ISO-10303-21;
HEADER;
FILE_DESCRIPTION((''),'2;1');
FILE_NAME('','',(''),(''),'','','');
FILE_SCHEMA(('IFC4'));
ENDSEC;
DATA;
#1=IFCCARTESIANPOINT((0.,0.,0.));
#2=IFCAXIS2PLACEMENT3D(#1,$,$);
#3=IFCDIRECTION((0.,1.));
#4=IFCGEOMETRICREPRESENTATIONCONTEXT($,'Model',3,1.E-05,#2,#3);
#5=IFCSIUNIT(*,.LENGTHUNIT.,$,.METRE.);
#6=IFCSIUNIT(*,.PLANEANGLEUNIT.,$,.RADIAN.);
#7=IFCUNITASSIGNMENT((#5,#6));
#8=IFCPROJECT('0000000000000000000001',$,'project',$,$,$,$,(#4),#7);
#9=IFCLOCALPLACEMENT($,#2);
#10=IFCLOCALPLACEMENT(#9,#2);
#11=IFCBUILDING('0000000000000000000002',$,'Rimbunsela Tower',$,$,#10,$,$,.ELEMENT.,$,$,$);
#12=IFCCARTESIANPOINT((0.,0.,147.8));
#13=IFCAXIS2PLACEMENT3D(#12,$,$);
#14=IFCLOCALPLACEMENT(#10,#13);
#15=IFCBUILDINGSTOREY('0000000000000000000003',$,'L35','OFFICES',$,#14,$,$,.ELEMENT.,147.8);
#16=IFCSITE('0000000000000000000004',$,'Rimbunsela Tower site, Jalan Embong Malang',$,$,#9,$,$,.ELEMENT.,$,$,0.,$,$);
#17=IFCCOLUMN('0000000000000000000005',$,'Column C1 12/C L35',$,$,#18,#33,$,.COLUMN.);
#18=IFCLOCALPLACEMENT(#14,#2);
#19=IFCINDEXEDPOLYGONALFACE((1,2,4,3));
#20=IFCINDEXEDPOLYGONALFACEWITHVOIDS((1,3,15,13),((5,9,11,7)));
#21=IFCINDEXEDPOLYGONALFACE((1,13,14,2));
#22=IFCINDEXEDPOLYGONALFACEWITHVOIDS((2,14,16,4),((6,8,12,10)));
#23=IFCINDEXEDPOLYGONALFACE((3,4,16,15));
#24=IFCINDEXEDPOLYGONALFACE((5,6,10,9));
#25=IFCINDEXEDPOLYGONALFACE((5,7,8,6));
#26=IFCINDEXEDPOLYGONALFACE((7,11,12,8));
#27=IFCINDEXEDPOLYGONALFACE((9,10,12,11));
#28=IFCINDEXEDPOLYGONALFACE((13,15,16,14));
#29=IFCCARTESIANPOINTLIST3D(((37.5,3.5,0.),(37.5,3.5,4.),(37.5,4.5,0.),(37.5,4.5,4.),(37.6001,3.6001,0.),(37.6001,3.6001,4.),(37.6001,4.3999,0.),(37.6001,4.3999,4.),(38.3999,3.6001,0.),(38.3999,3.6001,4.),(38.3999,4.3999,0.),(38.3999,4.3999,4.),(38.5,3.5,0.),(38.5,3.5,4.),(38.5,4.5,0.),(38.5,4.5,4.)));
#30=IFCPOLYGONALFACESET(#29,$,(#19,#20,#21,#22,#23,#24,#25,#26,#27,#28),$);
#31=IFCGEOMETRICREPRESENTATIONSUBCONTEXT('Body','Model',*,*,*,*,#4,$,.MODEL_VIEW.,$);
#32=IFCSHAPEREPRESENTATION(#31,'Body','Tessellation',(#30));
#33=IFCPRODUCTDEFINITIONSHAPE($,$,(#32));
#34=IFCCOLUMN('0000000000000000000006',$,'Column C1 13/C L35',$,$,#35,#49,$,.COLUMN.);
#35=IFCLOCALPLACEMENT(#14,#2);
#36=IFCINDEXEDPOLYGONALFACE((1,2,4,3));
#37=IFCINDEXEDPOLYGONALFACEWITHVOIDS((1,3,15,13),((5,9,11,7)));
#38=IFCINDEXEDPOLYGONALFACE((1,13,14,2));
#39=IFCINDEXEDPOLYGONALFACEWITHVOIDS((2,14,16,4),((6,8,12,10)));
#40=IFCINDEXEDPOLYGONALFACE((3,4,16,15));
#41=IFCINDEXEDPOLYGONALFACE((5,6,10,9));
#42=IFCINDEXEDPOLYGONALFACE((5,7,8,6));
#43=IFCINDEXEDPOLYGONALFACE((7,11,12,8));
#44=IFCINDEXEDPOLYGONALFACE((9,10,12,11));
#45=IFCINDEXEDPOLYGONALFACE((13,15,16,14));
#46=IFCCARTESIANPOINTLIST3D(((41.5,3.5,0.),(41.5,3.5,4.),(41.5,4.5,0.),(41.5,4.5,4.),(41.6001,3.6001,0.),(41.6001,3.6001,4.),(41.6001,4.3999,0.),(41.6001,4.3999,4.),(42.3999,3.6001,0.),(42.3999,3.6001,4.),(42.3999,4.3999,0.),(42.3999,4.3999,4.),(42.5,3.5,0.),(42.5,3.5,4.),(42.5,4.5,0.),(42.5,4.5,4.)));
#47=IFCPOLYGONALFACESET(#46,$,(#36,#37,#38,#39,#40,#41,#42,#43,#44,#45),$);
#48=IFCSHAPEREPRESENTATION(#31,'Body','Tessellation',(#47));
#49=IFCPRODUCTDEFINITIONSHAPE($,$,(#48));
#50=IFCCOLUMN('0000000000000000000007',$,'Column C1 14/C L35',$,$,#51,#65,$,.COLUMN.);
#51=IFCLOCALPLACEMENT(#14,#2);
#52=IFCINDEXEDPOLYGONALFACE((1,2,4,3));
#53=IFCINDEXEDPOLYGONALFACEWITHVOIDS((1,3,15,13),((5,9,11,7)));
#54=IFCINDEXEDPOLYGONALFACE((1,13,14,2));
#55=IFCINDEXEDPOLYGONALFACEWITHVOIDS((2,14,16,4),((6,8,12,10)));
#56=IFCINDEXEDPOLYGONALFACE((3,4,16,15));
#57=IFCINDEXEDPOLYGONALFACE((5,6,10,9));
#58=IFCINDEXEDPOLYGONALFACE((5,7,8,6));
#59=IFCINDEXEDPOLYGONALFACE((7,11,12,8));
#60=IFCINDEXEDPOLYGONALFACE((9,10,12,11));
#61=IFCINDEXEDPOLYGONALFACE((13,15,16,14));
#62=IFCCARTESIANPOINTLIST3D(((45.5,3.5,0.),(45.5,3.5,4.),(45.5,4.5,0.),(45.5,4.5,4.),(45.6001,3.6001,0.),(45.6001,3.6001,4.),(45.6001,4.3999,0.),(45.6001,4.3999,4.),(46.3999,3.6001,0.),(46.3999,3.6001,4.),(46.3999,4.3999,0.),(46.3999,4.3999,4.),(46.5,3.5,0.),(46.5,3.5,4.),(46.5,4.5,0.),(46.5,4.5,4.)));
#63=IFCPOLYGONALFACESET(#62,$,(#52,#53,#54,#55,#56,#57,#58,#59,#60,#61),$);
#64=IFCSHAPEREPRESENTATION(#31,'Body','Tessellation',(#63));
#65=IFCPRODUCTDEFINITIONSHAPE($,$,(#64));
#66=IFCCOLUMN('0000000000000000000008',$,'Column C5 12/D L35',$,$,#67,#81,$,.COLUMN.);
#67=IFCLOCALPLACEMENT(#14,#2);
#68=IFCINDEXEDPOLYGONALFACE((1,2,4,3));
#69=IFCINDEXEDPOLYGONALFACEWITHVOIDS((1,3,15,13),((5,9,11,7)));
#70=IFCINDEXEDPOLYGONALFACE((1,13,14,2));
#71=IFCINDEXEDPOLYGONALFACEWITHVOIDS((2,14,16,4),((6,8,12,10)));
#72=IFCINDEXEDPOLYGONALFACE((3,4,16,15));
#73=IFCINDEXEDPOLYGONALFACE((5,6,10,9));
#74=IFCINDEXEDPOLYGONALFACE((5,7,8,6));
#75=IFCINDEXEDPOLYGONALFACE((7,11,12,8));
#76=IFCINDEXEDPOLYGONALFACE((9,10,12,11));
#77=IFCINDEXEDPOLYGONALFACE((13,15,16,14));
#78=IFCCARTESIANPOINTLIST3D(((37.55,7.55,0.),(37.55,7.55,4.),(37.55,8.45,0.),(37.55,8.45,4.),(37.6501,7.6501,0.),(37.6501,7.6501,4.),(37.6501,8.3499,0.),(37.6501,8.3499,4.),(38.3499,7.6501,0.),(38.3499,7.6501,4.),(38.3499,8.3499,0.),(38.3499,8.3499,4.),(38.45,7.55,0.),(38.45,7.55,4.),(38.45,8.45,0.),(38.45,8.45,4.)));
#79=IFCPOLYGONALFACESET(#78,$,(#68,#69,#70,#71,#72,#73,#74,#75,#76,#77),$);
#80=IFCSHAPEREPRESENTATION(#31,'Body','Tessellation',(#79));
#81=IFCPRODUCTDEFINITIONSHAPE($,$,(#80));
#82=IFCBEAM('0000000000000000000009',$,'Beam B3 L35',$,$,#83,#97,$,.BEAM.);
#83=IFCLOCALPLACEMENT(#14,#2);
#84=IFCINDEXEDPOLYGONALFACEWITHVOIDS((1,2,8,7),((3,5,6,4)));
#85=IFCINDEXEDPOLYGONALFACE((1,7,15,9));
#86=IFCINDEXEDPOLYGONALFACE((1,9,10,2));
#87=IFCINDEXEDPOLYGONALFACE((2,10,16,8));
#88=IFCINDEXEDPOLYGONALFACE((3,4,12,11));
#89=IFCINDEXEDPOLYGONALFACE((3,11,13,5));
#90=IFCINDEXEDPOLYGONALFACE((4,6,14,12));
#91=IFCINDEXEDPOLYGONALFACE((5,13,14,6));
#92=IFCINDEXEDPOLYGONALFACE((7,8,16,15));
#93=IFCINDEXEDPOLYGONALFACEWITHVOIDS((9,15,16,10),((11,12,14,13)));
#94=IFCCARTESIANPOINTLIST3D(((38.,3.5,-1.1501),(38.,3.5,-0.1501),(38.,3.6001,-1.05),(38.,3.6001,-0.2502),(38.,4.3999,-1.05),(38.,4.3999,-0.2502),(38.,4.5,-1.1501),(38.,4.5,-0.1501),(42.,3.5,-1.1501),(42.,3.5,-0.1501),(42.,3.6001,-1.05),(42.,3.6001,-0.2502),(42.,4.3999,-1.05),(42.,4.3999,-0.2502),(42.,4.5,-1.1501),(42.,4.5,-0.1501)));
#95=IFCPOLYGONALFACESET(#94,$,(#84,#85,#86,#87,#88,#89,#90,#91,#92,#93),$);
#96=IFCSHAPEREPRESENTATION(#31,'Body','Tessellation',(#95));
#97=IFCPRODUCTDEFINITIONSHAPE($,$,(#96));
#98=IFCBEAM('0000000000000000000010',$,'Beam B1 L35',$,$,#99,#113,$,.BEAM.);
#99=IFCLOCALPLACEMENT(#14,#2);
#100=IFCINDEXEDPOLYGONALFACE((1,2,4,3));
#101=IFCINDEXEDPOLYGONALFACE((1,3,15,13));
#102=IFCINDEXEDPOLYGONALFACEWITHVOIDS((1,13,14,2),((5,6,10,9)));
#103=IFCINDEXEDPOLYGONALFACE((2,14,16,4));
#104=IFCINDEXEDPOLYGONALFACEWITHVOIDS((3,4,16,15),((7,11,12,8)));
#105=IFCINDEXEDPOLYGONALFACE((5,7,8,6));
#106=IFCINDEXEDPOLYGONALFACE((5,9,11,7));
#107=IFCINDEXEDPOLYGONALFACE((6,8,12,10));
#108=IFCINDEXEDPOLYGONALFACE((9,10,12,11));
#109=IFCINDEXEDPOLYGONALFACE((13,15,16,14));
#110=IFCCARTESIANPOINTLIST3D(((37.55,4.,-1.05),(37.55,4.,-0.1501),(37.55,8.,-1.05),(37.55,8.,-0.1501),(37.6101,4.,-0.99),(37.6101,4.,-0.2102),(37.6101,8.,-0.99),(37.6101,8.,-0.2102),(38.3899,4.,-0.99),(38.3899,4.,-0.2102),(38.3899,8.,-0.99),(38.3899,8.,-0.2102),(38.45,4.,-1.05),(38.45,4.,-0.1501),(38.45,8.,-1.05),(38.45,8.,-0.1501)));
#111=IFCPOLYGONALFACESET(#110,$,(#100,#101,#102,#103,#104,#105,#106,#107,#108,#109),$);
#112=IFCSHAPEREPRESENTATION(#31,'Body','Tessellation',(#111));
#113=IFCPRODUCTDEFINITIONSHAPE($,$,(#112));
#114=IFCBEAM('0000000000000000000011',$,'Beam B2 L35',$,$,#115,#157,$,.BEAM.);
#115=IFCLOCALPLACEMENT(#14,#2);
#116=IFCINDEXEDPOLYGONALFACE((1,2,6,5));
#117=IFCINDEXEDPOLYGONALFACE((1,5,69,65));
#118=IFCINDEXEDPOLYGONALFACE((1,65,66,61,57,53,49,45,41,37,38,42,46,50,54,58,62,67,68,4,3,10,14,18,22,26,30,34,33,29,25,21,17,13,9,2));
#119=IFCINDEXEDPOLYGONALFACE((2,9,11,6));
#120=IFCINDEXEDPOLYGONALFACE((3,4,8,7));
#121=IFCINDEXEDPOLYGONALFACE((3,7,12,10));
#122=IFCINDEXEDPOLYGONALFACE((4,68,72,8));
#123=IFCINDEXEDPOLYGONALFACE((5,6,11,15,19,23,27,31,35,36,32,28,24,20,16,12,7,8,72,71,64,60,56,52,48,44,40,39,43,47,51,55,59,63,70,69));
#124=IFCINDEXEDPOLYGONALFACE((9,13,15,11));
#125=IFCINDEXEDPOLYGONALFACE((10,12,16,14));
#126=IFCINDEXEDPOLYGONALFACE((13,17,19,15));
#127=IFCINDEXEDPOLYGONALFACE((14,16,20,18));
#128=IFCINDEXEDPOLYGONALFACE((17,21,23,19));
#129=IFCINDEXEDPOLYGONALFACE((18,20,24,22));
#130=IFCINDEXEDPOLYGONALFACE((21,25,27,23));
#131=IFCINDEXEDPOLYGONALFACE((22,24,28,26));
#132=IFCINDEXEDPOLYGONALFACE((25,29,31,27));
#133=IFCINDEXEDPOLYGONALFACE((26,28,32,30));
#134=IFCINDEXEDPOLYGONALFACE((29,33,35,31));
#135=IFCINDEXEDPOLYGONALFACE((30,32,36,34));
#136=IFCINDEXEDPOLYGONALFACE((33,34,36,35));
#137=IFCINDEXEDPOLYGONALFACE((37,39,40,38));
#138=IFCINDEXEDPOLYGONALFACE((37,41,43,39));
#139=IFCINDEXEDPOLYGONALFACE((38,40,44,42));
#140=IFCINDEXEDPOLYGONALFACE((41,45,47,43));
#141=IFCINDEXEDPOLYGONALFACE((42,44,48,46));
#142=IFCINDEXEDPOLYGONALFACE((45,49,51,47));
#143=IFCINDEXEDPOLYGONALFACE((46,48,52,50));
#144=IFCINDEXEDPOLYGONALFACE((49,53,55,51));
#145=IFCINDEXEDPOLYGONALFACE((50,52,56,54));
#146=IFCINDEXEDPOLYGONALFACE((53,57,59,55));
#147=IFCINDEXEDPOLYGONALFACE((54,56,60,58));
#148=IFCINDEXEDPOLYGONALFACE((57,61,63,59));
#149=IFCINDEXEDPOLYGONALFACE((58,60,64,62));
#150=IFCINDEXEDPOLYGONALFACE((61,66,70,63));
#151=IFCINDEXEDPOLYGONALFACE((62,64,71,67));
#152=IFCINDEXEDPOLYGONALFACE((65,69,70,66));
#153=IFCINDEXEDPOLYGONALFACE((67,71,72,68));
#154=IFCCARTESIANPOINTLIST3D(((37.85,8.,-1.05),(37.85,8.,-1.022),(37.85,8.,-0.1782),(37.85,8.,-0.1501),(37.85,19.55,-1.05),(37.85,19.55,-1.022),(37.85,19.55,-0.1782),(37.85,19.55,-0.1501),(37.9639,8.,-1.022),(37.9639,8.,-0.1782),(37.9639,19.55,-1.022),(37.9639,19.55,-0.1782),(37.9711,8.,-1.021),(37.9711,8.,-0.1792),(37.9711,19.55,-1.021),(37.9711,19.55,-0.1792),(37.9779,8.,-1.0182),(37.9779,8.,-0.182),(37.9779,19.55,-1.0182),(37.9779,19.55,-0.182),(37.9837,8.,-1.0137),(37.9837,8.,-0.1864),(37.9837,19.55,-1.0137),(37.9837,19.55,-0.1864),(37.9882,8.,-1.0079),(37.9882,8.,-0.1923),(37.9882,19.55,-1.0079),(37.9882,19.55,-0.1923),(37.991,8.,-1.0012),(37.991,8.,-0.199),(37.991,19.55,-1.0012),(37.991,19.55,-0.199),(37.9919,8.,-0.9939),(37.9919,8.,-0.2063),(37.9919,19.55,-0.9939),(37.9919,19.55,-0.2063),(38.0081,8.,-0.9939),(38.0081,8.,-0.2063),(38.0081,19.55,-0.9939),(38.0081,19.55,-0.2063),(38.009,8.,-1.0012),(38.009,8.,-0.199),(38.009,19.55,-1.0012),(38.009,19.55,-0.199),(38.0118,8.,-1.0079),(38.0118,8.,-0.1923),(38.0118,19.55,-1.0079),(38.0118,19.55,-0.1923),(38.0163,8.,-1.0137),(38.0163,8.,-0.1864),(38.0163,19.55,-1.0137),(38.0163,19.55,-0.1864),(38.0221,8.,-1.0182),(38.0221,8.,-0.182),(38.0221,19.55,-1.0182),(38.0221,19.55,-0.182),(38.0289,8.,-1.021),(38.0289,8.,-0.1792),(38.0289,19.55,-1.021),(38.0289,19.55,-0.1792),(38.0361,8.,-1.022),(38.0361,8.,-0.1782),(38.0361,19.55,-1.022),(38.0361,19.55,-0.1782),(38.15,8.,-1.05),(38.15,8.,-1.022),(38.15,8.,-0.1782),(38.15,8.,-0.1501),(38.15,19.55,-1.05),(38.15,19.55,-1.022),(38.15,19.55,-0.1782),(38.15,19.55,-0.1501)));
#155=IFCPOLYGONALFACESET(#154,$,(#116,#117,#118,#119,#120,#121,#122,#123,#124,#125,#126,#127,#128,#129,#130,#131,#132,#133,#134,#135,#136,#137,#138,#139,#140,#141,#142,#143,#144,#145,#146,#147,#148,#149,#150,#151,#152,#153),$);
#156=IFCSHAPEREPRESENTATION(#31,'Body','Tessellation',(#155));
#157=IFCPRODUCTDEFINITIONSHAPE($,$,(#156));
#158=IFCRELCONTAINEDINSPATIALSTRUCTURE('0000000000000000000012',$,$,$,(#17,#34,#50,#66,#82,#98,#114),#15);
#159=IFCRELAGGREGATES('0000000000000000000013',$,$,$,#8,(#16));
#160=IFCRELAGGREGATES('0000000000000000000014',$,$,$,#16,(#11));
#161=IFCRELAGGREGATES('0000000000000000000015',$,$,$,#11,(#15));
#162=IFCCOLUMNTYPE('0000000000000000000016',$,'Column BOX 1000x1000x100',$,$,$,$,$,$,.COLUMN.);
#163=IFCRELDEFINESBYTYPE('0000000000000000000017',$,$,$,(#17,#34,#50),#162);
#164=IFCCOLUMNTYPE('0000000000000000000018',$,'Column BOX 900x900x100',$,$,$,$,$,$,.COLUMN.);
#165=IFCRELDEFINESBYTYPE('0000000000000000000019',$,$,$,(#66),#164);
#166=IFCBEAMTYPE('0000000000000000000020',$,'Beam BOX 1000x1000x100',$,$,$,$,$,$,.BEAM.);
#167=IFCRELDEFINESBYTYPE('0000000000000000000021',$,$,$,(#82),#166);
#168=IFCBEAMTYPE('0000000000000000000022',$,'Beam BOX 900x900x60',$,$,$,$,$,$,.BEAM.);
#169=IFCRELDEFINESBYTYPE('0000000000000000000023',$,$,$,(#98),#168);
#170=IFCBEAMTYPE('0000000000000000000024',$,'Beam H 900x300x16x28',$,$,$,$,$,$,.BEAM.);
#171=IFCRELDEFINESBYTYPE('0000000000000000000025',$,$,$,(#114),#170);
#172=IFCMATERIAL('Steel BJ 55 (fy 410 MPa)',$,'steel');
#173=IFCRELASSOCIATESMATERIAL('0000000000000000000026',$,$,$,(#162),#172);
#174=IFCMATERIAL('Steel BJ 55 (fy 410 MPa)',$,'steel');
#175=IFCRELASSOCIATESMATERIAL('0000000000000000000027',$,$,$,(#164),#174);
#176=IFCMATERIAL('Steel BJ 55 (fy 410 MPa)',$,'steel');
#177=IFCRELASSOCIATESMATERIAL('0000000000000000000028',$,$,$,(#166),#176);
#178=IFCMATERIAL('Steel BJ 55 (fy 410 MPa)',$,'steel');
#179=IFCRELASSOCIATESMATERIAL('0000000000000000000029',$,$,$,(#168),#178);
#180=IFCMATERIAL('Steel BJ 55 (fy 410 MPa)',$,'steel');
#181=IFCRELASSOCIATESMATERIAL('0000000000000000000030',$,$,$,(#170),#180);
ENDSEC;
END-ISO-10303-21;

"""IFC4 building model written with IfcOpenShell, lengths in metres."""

from ifc_helpers import new_model, si_unit, direction, frame, origin, origin_2d, place, context, subcontext, project, spatial, hollow_rectangle, i_section, extrude, material, material_profile, profile_set, type_object, element, save


model = new_model("IFC4")

# Units and contexts
model_context = context("Model", 3, precision=1e-05, world=origin(), true_north=direction((0.0, 1.0)))
body_context = subcontext(model_context, "Body", "Model", "MODEL_VIEW")
ifc_project = project(units=[si_unit("LENGTHUNIT", "METRE"), si_unit("PLANEANGLEUNIT", "RADIAN")], contexts=[model_context])

# Site, building, storey
site_placement = place(None, origin())
site = spatial("IfcSite", under=ifc_project, at=site_placement, Name="Rimbunsela Tower site, Jalan Embong Malang", CompositionType="ELEMENT", RefElevation=0.0)
building_placement = place(site_placement, origin())
building = spatial("IfcBuilding", under=site, at=building_placement, Name="Rimbunsela Tower", CompositionType="ELEMENT")
storey_placement = place(building_placement, frame((0.0, 0.0, 147.8)))
storey = spatial("IfcBuildingStorey", under=building, at=storey_placement, Name="L35", Description="OFFICES", CompositionType="ELEMENT", Elevation=147.8)

# Columns
ifc_material_1 = material(Name="Steel BJ 55 (fy 410 MPa)", Category="steel")
ifc_material_profile_1 = material_profile(ifc_material_1, hollow_rectangle(XDim=1.0, YDim=1.0, WallThickness=0.1001, at=origin_2d()), Name="BOX 1000x1000x100")
ifc_profile_set_1 = profile_set([ifc_material_profile_1], Name="Steel BJ 55 (fy 410 MPa)")
column_type_1 = type_object("IfcColumnType", Name="Column BOX 1000x1000x100", PredefinedType="COLUMN", material=ifc_profile_set_1)
for number, where, z_axis, x_axis, name in (
    (1, (38.0, 4.0, 0.0), (0.0, 0.0, 1.0), (1.0, 0.0, 0.0), "Column C1 12/C L35"),
    (2, (42.0, 4.0, 0.0), (0.0, 0.0, 1.0), (1.0, 0.0, 0.0), "Column C1 13/C L35"),
    (3, (46.0, 4.0, 0.0), (0.0, 0.0, 1.0), (1.0, 0.0, 0.0), "Column C1 14/C L35"),
):
    element("IfcColumn", number, at=place(storey_placement, frame(where, z_axis=z_axis, x_axis=x_axis)), inside=storey, type_object=column_type_1, Name=name, PredefinedType="COLUMN", context=body_context, shape_type="SweptSolid", body=[
        extrude(hollow_rectangle(XDim=1.0, YDim=1.0, WallThickness=0.1001, at=origin_2d()), origin(), (0.0, 0.0, 1.0), 4.0),
    ])
ifc_material_2 = material(Name="Steel BJ 55 (fy 410 MPa)", Category="steel")
ifc_material_profile_2 = material_profile(ifc_material_2, hollow_rectangle(XDim=0.8999, YDim=0.8999, WallThickness=0.1001, at=origin_2d()), Name="BOX 900x900x100")
ifc_profile_set_2 = profile_set([ifc_material_profile_2], Name="Steel BJ 55 (fy 410 MPa)")
column_type_2 = type_object("IfcColumnType", Name="Column BOX 900x900x100", PredefinedType="COLUMN", material=ifc_profile_set_2)
column_placement = place(storey_placement, frame((38.0, 8.0, 0.0), z_axis=(0.0, 0.0, 1.0), x_axis=(1.0, 0.0, 0.0)))
element("IfcColumn", 4, at=column_placement, inside=storey, type_object=column_type_2, Name="Column C5 12/D L35", PredefinedType="COLUMN", context=body_context, shape_type="SweptSolid", body=[
    extrude(hollow_rectangle(XDim=0.8999, YDim=0.8999, WallThickness=0.1001, at=origin_2d()), origin(), (0.0, 0.0, 1.0), 4.0),
])

# Beams
ifc_material_3 = material(Name="Steel BJ 55 (fy 410 MPa)", Category="steel")
ifc_material_profile_3 = material_profile(ifc_material_3, hollow_rectangle(XDim=1.0, YDim=1.0, WallThickness=0.1001, at=origin_2d()), Name="BOX 1000x1000x100")
ifc_profile_set_3 = profile_set([ifc_material_profile_3], Name="Steel BJ 55 (fy 410 MPa)")
beam_type_1 = type_object("IfcBeamType", Name="Beam BOX 1000x1000x100", PredefinedType="BEAM", material=ifc_profile_set_3)
beam_1_placement = place(storey_placement, frame((38.0, 4.0, -0.6501), z_axis=(1.0, 0.0, 0.0), x_axis=(0.0, 1.0, 0.0)))
element("IfcBeam", 5, at=beam_1_placement, inside=storey, type_object=beam_type_1, Name="Beam B3 L35", PredefinedType="BEAM", context=body_context, shape_type="SweptSolid", body=[
    extrude(hollow_rectangle(XDim=1.0, YDim=1.0, WallThickness=0.1001, at=origin_2d()), origin(), (0.0, 0.0, 1.0), 4.0),
])
ifc_material_4 = material(Name="Steel BJ 55 (fy 410 MPa)", Category="steel")
ifc_material_profile_4 = material_profile(ifc_material_4, hollow_rectangle(XDim=0.8999, YDim=0.8999, WallThickness=0.0601, at=origin_2d()), Name="BOX 900x900x60")
ifc_profile_set_4 = profile_set([ifc_material_profile_4], Name="Steel BJ 55 (fy 410 MPa)")
beam_type_2 = type_object("IfcBeamType", Name="Beam BOX 900x900x60", PredefinedType="BEAM", material=ifc_profile_set_4)
beam_2_placement = place(storey_placement, frame((38.0, 4.0, -0.6001), z_axis=(0.0, 1.0, 0.0), x_axis=(-1.0, 0.0, 0.0)))
element("IfcBeam", 6, at=beam_2_placement, inside=storey, type_object=beam_type_2, Name="Beam B1 L35", PredefinedType="BEAM", context=body_context, shape_type="SweptSolid", body=[
    extrude(hollow_rectangle(XDim=0.8999, YDim=0.8999, WallThickness=0.0601, at=origin_2d()), origin(), (0.0, 0.0, 1.0), 4.0),
])
ifc_material_5 = material(Name="Steel BJ 55 (fy 410 MPa)", Category="steel")
ifc_material_profile_5 = material_profile(ifc_material_5, i_section(OverallWidth=0.3, OverallDepth=0.8999, WebThickness=0.0161, FlangeThickness=0.0281, FilletRadius=0.0281, at=origin_2d()), Name="H 900x300x16x28")
ifc_profile_set_5 = profile_set([ifc_material_profile_5], Name="Steel BJ 55 (fy 410 MPa)")
beam_type_3 = type_object("IfcBeamType", Name="Beam H 900x300x16x28", PredefinedType="BEAM", material=ifc_profile_set_5)
beam_3_placement = place(storey_placement, frame((38.0, 8.0, -0.6001), z_axis=(0.0, 1.0, 0.0), x_axis=(-1.0, 0.0, 0.0)))
element("IfcBeam", 7, at=beam_3_placement, inside=storey, type_object=beam_type_3, Name="Beam B2 L35", PredefinedType="BEAM", context=body_context, shape_type="SweptSolid", body=[
    extrude(i_section(OverallWidth=0.3, OverallDepth=0.8999, WebThickness=0.0161, FlangeThickness=0.0281, FilletRadius=0.0281, at=origin_2d()), origin(), (0.0, 0.0, 1.0), 11.55),
])

save(model, "model.ifc")
